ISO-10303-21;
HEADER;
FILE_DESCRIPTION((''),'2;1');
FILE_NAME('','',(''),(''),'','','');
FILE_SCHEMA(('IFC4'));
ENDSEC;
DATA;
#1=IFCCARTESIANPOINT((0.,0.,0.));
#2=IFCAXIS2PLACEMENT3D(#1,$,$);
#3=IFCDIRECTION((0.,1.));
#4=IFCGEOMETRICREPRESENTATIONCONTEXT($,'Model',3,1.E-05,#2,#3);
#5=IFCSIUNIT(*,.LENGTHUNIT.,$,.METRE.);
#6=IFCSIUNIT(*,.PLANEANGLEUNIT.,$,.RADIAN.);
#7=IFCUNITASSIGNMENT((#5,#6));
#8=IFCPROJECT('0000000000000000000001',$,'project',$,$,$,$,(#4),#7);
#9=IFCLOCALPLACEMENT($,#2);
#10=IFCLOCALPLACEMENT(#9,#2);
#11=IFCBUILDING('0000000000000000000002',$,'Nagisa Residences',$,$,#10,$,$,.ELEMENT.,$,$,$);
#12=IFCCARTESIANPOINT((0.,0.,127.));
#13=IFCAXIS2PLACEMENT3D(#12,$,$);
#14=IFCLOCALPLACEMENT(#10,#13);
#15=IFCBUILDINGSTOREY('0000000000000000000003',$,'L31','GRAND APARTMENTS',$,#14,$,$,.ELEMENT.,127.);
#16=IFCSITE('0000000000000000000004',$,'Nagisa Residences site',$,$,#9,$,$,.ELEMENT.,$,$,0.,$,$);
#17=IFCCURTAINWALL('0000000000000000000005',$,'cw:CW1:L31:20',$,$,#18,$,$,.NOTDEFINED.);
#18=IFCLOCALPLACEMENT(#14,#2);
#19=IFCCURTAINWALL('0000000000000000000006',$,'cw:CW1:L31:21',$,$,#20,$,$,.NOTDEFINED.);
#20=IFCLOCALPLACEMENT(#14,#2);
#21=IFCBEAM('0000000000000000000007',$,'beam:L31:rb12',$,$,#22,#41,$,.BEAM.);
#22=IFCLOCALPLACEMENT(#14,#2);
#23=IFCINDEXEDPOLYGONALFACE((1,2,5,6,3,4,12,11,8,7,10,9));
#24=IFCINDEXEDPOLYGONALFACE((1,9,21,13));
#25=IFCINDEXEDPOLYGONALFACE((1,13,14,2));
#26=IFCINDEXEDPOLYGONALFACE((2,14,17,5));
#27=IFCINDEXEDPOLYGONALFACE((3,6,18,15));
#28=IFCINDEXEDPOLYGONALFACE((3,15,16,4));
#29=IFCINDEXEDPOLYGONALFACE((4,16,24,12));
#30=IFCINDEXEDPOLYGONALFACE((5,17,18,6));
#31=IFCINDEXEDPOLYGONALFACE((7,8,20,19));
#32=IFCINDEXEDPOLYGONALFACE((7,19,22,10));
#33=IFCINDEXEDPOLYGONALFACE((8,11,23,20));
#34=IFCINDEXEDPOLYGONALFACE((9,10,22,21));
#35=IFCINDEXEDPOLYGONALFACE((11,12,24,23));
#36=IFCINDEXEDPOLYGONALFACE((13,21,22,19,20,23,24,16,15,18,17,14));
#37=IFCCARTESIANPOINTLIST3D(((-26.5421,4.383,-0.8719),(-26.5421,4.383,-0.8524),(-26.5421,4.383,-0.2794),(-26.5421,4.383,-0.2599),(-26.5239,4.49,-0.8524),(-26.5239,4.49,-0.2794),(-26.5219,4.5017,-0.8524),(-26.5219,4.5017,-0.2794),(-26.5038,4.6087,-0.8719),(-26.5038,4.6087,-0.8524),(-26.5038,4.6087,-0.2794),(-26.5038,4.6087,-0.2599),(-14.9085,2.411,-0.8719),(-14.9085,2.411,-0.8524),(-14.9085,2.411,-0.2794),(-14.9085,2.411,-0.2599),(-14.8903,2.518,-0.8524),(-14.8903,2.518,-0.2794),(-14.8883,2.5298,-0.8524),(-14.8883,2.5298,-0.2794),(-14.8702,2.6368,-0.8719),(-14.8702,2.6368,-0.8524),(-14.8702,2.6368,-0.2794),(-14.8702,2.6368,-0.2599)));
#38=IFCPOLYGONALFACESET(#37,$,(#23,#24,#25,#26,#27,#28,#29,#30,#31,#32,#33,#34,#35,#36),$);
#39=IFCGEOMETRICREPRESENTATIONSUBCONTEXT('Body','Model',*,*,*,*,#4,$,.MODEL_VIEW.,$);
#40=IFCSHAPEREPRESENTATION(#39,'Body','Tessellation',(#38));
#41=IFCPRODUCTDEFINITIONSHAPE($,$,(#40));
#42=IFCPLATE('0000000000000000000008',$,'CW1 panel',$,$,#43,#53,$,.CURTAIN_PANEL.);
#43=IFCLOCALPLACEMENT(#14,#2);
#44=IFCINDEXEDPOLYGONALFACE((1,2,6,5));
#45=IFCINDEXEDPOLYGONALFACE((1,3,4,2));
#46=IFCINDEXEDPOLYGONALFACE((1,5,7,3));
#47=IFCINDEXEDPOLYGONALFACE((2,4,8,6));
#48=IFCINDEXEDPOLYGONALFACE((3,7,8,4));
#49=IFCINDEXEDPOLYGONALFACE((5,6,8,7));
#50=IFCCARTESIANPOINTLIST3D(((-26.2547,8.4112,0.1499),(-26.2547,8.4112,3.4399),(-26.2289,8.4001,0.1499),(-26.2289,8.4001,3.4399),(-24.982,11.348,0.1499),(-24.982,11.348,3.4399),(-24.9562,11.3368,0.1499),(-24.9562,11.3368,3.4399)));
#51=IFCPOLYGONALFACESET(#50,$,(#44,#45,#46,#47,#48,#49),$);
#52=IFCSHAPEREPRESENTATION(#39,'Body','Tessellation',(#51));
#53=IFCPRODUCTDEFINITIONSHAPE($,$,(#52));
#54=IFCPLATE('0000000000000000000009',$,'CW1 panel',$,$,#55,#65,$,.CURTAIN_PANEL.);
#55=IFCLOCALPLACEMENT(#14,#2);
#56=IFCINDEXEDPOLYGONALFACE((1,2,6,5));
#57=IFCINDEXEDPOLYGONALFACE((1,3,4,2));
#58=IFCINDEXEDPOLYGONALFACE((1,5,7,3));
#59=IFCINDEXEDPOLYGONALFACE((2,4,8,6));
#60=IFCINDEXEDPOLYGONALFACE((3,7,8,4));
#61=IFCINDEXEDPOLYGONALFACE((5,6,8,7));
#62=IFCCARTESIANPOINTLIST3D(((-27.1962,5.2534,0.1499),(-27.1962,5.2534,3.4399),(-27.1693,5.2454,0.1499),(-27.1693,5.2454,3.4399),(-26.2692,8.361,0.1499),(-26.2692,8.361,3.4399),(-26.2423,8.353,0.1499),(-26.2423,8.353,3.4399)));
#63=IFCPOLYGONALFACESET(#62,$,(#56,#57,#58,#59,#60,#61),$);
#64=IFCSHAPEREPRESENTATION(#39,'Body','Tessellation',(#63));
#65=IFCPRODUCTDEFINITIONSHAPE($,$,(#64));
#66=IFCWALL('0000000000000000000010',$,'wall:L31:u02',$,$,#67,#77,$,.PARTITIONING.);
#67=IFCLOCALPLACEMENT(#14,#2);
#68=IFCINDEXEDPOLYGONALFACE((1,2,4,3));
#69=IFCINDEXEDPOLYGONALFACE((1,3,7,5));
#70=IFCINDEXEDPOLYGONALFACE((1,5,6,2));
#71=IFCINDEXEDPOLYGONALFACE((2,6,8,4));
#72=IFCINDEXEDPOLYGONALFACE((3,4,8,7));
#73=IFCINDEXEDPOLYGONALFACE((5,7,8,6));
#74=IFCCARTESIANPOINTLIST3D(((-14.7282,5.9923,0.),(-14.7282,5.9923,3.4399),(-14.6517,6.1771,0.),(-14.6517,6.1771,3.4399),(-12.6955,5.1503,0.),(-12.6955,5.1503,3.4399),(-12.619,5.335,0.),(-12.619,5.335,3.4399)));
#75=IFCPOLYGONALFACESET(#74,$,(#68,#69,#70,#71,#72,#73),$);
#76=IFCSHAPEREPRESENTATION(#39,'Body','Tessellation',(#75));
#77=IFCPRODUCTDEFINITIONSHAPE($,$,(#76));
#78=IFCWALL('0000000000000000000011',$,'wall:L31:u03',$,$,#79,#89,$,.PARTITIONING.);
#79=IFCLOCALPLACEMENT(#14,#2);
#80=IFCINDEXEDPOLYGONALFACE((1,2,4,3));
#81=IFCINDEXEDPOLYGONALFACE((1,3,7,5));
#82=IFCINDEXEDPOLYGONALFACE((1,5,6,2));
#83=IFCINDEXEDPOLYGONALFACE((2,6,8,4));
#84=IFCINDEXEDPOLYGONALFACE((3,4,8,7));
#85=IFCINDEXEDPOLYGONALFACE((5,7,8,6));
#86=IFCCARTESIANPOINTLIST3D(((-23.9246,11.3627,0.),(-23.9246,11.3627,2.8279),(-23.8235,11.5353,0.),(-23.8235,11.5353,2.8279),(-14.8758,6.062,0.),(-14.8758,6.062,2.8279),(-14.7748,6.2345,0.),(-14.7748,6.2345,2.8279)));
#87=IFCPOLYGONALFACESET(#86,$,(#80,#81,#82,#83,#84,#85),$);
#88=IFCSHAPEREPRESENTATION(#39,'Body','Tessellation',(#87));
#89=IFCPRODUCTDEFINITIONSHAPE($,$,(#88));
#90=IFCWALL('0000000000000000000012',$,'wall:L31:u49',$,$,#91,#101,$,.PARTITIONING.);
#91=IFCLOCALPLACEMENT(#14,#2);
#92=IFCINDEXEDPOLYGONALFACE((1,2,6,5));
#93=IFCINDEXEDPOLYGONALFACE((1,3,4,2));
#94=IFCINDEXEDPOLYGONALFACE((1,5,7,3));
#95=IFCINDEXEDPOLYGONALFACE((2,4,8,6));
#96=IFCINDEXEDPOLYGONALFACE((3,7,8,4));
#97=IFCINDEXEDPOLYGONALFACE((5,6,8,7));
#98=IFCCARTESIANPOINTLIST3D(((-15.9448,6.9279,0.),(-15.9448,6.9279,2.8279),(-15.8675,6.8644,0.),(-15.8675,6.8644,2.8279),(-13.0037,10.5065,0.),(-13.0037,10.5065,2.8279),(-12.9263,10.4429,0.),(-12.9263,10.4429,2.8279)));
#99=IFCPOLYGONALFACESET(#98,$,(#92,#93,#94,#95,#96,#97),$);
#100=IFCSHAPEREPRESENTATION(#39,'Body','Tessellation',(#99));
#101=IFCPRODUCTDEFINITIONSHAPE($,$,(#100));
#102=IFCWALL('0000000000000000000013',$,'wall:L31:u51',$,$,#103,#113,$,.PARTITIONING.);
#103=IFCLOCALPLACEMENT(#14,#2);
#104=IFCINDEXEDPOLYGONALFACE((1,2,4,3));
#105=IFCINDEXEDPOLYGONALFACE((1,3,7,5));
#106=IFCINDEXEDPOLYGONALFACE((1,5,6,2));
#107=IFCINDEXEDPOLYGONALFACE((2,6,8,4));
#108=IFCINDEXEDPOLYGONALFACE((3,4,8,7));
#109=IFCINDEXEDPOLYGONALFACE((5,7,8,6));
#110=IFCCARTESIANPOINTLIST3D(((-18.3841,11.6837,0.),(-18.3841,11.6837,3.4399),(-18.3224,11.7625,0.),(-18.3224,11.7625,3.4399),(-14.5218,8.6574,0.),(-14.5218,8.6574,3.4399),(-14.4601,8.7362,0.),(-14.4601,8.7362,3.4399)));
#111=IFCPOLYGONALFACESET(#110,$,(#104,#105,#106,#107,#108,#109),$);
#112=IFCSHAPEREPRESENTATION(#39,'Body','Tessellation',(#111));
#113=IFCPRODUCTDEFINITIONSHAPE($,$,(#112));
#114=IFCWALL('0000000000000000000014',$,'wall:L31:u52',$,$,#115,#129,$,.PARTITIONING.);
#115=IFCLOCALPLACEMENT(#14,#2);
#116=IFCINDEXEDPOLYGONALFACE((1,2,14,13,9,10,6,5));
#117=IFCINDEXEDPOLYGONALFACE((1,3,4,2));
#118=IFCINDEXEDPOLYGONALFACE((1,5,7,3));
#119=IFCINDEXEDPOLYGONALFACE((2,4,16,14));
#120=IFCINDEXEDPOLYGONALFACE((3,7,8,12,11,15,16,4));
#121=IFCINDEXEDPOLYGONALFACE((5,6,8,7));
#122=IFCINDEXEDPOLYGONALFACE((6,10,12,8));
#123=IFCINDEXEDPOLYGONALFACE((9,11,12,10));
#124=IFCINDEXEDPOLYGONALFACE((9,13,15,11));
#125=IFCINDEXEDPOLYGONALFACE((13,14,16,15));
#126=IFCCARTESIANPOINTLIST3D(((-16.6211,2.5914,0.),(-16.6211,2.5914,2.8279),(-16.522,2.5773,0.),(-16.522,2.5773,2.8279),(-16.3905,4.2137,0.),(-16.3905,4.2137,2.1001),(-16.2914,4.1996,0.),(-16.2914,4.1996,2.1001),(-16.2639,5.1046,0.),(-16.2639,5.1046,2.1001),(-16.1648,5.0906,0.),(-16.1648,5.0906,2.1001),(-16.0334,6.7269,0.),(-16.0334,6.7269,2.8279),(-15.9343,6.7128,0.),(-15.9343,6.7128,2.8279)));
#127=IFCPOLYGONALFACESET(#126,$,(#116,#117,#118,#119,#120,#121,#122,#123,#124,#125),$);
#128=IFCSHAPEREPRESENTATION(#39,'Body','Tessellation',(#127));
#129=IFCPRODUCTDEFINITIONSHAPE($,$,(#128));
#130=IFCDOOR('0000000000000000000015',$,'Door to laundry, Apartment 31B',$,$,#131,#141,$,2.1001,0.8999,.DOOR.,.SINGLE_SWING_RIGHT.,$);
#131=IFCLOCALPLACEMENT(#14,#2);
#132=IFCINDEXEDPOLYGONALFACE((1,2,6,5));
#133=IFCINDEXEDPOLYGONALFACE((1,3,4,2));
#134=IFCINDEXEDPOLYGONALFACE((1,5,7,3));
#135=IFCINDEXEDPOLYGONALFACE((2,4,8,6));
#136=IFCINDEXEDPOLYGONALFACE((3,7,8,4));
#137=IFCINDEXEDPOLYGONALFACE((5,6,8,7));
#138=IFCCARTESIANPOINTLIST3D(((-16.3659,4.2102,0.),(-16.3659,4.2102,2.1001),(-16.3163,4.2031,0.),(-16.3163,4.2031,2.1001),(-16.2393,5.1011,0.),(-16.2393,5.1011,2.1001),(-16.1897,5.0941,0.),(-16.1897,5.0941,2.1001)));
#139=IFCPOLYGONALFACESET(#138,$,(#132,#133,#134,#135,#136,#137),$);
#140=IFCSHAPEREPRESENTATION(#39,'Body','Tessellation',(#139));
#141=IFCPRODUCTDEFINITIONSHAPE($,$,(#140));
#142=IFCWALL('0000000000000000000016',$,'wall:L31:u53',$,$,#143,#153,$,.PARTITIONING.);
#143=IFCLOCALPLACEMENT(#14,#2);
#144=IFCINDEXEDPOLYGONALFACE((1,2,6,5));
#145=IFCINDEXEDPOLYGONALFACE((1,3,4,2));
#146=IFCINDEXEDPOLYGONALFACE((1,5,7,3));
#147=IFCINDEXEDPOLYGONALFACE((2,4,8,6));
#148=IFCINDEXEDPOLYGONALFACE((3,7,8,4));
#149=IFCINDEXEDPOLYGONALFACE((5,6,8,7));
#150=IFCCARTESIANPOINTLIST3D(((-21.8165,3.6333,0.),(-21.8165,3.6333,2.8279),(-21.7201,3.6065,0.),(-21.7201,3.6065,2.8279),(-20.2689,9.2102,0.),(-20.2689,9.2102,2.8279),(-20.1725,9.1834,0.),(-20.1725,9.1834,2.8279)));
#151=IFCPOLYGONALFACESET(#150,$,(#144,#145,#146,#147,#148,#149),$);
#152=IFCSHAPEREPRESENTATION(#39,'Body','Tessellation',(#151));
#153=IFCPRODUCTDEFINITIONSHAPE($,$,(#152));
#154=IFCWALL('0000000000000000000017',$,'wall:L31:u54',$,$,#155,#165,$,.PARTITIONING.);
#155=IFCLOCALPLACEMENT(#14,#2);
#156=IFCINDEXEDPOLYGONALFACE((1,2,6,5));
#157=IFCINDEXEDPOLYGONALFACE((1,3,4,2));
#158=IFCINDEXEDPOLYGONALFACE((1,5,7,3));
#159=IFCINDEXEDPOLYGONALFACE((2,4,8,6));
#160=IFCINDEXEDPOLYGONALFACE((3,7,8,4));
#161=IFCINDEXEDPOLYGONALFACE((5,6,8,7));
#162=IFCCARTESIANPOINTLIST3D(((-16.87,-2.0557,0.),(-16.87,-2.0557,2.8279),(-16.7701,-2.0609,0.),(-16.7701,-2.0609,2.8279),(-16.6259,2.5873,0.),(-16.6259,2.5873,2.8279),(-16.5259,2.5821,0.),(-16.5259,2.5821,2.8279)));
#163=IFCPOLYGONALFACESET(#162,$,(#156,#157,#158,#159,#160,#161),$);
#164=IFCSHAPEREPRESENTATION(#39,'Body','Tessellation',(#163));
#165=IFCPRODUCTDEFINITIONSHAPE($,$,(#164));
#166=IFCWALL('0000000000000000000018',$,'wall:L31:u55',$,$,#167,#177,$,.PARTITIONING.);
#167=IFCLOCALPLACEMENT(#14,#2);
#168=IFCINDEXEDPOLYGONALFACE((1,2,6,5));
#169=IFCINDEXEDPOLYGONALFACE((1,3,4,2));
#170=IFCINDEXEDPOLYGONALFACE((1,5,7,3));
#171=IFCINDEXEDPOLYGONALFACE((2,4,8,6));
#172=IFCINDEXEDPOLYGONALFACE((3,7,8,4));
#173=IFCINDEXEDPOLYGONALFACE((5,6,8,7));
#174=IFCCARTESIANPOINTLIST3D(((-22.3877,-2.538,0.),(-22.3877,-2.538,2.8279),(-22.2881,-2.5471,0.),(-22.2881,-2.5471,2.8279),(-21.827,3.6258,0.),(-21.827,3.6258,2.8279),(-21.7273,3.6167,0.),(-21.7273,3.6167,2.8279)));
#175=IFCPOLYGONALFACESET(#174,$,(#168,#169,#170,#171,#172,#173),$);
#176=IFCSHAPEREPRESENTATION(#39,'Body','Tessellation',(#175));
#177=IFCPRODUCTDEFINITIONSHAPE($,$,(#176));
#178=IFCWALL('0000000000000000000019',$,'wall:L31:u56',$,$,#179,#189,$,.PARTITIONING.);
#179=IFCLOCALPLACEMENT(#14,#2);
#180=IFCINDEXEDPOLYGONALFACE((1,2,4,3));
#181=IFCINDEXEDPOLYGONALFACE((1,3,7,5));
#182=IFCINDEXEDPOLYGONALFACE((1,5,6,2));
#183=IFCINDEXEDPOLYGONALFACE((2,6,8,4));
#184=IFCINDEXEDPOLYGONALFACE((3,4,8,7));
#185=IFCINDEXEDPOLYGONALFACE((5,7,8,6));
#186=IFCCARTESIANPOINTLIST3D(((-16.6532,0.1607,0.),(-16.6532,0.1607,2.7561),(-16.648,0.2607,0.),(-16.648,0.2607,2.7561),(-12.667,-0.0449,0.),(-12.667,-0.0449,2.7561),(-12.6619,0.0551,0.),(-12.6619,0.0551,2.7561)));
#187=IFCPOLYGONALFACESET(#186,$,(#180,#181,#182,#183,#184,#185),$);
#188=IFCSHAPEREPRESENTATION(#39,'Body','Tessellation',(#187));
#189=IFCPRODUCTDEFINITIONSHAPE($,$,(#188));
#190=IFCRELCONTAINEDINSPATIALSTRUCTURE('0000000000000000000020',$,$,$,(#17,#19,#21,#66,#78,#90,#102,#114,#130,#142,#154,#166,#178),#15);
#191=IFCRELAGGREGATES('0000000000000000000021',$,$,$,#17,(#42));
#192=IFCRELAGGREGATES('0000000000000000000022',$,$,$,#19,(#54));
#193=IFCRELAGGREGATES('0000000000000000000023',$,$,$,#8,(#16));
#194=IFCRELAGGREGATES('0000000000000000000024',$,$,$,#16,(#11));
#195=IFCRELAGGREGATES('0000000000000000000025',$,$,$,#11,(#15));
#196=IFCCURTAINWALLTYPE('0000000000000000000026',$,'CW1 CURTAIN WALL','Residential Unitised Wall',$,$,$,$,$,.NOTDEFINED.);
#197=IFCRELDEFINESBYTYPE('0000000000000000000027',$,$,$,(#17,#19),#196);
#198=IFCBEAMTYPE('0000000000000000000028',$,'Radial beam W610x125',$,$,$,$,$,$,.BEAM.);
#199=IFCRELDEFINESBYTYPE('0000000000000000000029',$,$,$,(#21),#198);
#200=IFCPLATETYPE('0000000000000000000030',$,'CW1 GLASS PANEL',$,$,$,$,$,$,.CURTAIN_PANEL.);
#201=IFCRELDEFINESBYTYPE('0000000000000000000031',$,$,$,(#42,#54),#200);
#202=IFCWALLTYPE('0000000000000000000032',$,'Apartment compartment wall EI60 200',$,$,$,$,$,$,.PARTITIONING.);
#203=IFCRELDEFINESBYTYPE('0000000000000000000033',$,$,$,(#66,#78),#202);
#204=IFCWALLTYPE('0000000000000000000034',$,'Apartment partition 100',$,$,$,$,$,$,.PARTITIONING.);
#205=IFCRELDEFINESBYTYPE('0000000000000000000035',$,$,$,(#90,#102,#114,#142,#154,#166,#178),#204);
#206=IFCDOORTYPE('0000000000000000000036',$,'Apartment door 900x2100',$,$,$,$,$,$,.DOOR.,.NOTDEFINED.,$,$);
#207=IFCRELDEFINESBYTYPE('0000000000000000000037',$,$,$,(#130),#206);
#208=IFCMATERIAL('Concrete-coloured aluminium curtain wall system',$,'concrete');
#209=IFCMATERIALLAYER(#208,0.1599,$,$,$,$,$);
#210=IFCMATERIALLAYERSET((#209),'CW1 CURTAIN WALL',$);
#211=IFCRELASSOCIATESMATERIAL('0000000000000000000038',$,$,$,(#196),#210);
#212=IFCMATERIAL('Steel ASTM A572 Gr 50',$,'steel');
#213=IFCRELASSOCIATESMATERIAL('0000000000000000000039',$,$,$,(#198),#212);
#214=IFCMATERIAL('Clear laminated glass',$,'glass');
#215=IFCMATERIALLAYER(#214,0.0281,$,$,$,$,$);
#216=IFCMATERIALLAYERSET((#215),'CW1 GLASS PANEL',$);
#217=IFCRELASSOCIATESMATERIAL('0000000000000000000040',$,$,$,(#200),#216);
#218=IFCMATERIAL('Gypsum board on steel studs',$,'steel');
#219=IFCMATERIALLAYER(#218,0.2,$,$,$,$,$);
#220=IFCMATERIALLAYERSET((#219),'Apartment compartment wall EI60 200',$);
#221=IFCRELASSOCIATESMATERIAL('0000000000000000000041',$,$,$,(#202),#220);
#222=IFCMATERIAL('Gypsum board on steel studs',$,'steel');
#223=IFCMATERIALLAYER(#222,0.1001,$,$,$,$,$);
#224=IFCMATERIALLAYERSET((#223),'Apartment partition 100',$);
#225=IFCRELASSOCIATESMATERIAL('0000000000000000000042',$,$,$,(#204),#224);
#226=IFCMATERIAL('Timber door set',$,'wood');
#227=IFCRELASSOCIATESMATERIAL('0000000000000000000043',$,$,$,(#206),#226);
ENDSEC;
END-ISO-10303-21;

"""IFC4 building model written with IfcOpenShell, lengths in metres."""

from ifc_helpers import new_model, si_unit, direction, frame, frame_2d, origin, origin_2d, place, context, subcontext, project, spatial, rectangle, i_section, extrude, material, layer, layer_set, material_profile, profile_set, type_object, element, fill, aggregate, save


model = new_model("IFC4")

# Units and contexts
model_context = context("Model", 3, precision=1e-05, world=origin(), true_north=direction((0.0, 1.0)))
body_context = subcontext(model_context, "Body", "Model", "MODEL_VIEW")
ifc_project = project(units=[si_unit("LENGTHUNIT", "METRE"), si_unit("PLANEANGLEUNIT", "RADIAN")], contexts=[model_context])

# Site, building, storey
site_placement = place(None, origin())
site = spatial("IfcSite", under=ifc_project, at=site_placement, Name="Nagisa Residences site", CompositionType="ELEMENT", RefElevation=0.0)
building_placement = place(site_placement, origin())
building = spatial("IfcBuilding", under=site, at=building_placement, Name="Nagisa Residences", CompositionType="ELEMENT")
storey_placement = place(building_placement, frame((0.0, 0.0, 127.0)))
storey = spatial("IfcBuildingStorey", under=building, at=storey_placement, Name="L31", Description="GRAND APARTMENTS", CompositionType="ELEMENT", Elevation=127.0)

# Curtain walls
ifc_material_1 = material(Name="Concrete-coloured aluminium curtain wall system", Category="concrete")
ifc_layer_1 = layer(ifc_material_1, 0.1599)
ifc_layer_set_1 = layer_set([ifc_layer_1], Name="CW1 CURTAIN WALL")
curtain_wall_type = type_object("IfcCurtainWallType", Name="CW1 CURTAIN WALL", Description="Residential Unitised Wall", PredefinedType="NOTDEFINED", material=ifc_layer_set_1)
curtain_wall_1_placement = place(storey_placement, origin())
curtain_wall_1 = element("IfcCurtainWall", 1, at=curtain_wall_1_placement, inside=storey, type_object=curtain_wall_type, Name="cw:CW1:L31:20", PredefinedType="NOTDEFINED")
curtain_wall_2_placement = place(storey_placement, origin())
curtain_wall_2 = element("IfcCurtainWall", 2, at=curtain_wall_2_placement, inside=storey, type_object=curtain_wall_type, Name="cw:CW1:L31:21", PredefinedType="NOTDEFINED")

# Beam
ifc_material_2 = material(Name="Steel ASTM A572 Gr 50", Category="steel")
ifc_material_profile_1 = material_profile(ifc_material_2, i_section(OverallWidth=0.229, OverallDepth=0.6121, WebThickness=0.012, FlangeThickness=0.0195, at=origin_2d()), Name="W610x125")
ifc_profile_set_1 = profile_set([ifc_material_profile_1], Name="Steel ASTM A572 Gr 50")
beam_type_1 = type_object("IfcBeamType", Name="Radial beam W610x125", PredefinedType="BEAM", material=ifc_profile_set_1)
beam_1_placement = place(storey_placement, frame((-26.5229, 4.4958, -0.5659), z_axis=(0.985937, -0.167119, 0.0), x_axis=(0.167119, 0.985937, 0.0)))
element("IfcBeam", 3, at=beam_1_placement, inside=storey, type_object=beam_type_1, Name="beam:L31:rb12", PredefinedType="BEAM", context=body_context, shape_type="SweptSolid", body=[
    extrude(i_section(OverallWidth=0.229, OverallDepth=0.6121, WebThickness=0.012, FlangeThickness=0.0195, at=origin_2d()), origin(), (0.0, 0.0, 1.0), 11.7996),
])

# Plates
ifc_material_3 = material(Name="Clear laminated glass", Category="glass")
ifc_layer_2 = layer(ifc_material_3, 0.0281)
ifc_layer_set_2 = layer_set([ifc_layer_2], Name="CW1 GLASS PANEL")
plate_type = type_object("IfcPlateType", Name="CW1 GLASS PANEL", PredefinedType="CURTAIN_PANEL", material=ifc_layer_set_2)
plate_1_placement = place(storey_placement, frame((-25.6055, 9.874, 0.1499), z_axis=(0.0, 0.0, 1.0), x_axis=(-0.397636, -0.917543, 0.0)))
plate_1 = element("IfcPlate", 4, at=plate_1_placement, type_object=plate_type, Name="CW1 panel", PredefinedType="CURTAIN_PANEL", context=body_context, shape_type="SweptSolid", body=[
    extrude(rectangle(XDim=3.2007, YDim=0.0281, at=origin_2d()), origin(), (0.0, 0.0, 1.0), 3.29),
])
aggregate(curtain_wall_1, [plate_1])
plate_2_placement = place(storey_placement, frame((-26.7192, 6.8032, 0.1499), z_axis=(0.0, 0.0, 1.0), x_axis=(-0.28586, -0.958271, 0.0)))
plate_2 = element("IfcPlate", 5, at=plate_2_placement, type_object=plate_type, Name="CW1 panel", PredefinedType="CURTAIN_PANEL", context=body_context, shape_type="SweptSolid", body=[
    extrude(rectangle(XDim=3.2429, YDim=0.0281, at=origin_2d()), origin(), (0.0, 0.0, 1.0), 3.29),
])
aggregate(curtain_wall_2, [plate_2])

# Walls
ifc_material_4 = material(Name="Gypsum board on steel studs", Category="steel")
ifc_layer_3 = layer(ifc_material_4, 0.2)
ifc_layer_set_3 = layer_set([ifc_layer_3], Name="Apartment compartment wall EI60 200")
wall_type_1 = type_object("IfcWallType", Name="Apartment compartment wall EI60 200", PredefinedType="PARTITIONING", material=ifc_layer_set_3)
wall_1_placement = place(storey_placement, frame((-12.6572, 5.2427, 0.0), z_axis=(0.0, 0.0, 1.0), x_axis=(-0.923869, 0.382708, 0.0)))
element("IfcWall", 6, at=wall_1_placement, inside=storey, type_object=wall_type_1, Name="wall:L31:u02", PredefinedType="PARTITIONING", context=body_context, shape_type="SweptSolid", body=[
    extrude(rectangle(XDim=2.2002, YDim=0.2, at=frame_2d((1.1001, 0.0))), origin(), (0.0, 0.0, 1.0), 3.4399),
])
wall_2_placement = place(storey_placement, frame((-14.8252, 6.1482, 0.0), z_axis=(0.0, 0.0, 1.0), x_axis=(-0.862852, 0.505457, 0.0)))
element("IfcWall", 7, at=wall_2_placement, inside=storey, type_object=wall_type_1, Name="wall:L31:u03", PredefinedType="PARTITIONING", context=body_context, shape_type="SweptSolid", body=[
    extrude(rectangle(XDim=10.4871, YDim=0.2, at=frame_2d((5.2437, 0.0))), origin(), (0.0, 0.0, 1.0), 2.8279),
])
ifc_material_5 = material(Name="Gypsum board on steel studs", Category="steel")
ifc_layer_4 = layer(ifc_material_5, 0.1001)
ifc_layer_set_4 = layer_set([ifc_layer_4], Name="Apartment partition 100")
wall_type_2 = type_object("IfcWallType", Name="Apartment partition 100", PredefinedType="PARTITIONING", material=ifc_layer_set_4)
wall_3_placement = place(storey_placement, frame((-12.9651, 10.4746, 0.0), z_axis=(0.0, 0.0, 1.0), x_axis=(-0.634944, -0.772558, 0.0)))
element("IfcWall", 8, at=wall_3_placement, inside=storey, type_object=wall_type_2, Name="wall:L31:u49", PredefinedType="PARTITIONING", context=body_context, shape_type="SweptSolid", body=[
    extrude(rectangle(XDim=4.6321, YDim=0.1001, at=frame_2d((2.3159, 0.0))), origin(), (0.0, 0.0, 1.0), 2.8279),
])
wall_4_placement = place(storey_placement, frame((-14.491, 8.6968, 0.0), z_axis=(0.0, 0.0, 1.0), x_axis=(-0.787139, 0.616775, 0.0)))
element("IfcWall", 9, at=wall_4_placement, inside=storey, type_object=wall_type_2, Name="wall:L31:u51", PredefinedType="PARTITIONING", context=body_context, shape_type="SweptSolid", body=[
    extrude(rectangle(XDim=4.9067, YDim=0.1001, at=frame_2d((2.4534, 0.0))), origin(), (0.0, 0.0, 1.0), 3.4399),
])

# Wall, opening, door
wall_5_placement = place(storey_placement, frame((-15.9839, 6.7197, 0.0), z_axis=(0.0, 0.0, 1.0), x_axis=(-0.140685, -0.990054, 0.0)))
wall_5 = element("IfcWall", 10, at=wall_5_placement, inside=storey, type_object=wall_type_2, Name="wall:L31:u52", PredefinedType="PARTITIONING", context=body_context, shape_type="SweptSolid", body=[
    extrude(rectangle(XDim=4.177, YDim=0.1001, at=frame_2d((2.0884, 0.0))), origin(), (0.0, 0.0, 1.0), 2.8279),
])
opening_1_placement = place(wall_5_placement, frame((1.6384, 0.0, 0.0)))
opening_1 = element("IfcOpeningElement", 11, at=opening_1_placement, cuts=wall_5, PredefinedType="OPENING", context=body_context, shape_type="SweptSolid", body=[
    extrude(rectangle(XDim=0.8999, YDim=2.1001, at=frame_2d((0.45, 1.05))), frame((0.0, 0.0601, 0.0), z_axis=(0.0, -1.0, 0.0), x_axis=(1.0, 0.0, 0.0)), (0.0, 0.0, 1.0), 0.1201),
])
ifc_material_6 = material(Name="Timber door set", Category="wood")
door_type_1 = type_object("IfcDoorType", Name="Apartment door 900x2100", OperationType="NOTDEFINED", PredefinedType="DOOR", material=ifc_material_6)
door_1_placement = place(opening_1_placement, origin())
door_1 = element("IfcDoor", 12, at=door_1_placement, inside=storey, type_object=door_type_1, Name="Door to laundry, Apartment 31B", OperationType="SINGLE_SWING_RIGHT", OverallHeight=2.1001, OverallWidth=0.8999, PredefinedType="DOOR", context=body_context, shape_type="SweptSolid", body=[
    extrude(rectangle(XDim=0.8999, YDim=2.1001, at=frame_2d((0.45, 1.05))), frame((0.0, 0.0249, 0.0), z_axis=(0.0, -1.0, 0.0), x_axis=(1.0, 0.0, 0.0)), (0.0, 0.0, 1.0), 0.05),
])
fill(opening_1, door_1)

# Walls
wall_6_placement = place(storey_placement, frame((-20.2207, 9.1968, 0.0), z_axis=(0.0, 0.0, 1.0), x_axis=(-0.267398, -0.963586, 0.0)))
element("IfcWall", 13, at=wall_6_placement, inside=storey, type_object=wall_type_2, Name="wall:L31:u53", PredefinedType="PARTITIONING", context=body_context, shape_type="SweptSolid", body=[
    extrude(rectangle(XDim=5.7876, YDim=0.1001, at=frame_2d((2.8938, 0.0))), origin(), (0.0, 0.0, 1.0), 2.8279),
])
wall_7_placement = place(storey_placement, frame((-16.5759, 2.5847, 0.0), z_axis=(0.0, 0.0, 1.0), x_axis=(-0.052509, -0.99862, 0.0)))
element("IfcWall", 14, at=wall_7_placement, inside=storey, type_object=wall_type_2, Name="wall:L31:u54", PredefinedType="PARTITIONING", context=body_context, shape_type="SweptSolid", body=[
    extrude(rectangle(XDim=4.6494, YDim=0.1001, at=frame_2d((2.3247, 0.0))), origin(), (0.0, 0.0, 1.0), 2.8279),
])
wall_8_placement = place(storey_placement, frame((-21.7771, 3.6213, 0.0), z_axis=(0.0, 0.0, 1.0), x_axis=(-0.090607, -0.995887, 0.0)))
element("IfcWall", 15, at=wall_8_placement, inside=storey, type_object=wall_type_2, Name="wall:L31:u55", PredefinedType="PARTITIONING", context=body_context, shape_type="SweptSolid", body=[
    extrude(rectangle(XDim=6.1892, YDim=0.1001, at=frame_2d((3.0947, 0.0))), origin(), (0.0, 0.0, 1.0), 2.8279),
])
wall_9_placement = place(storey_placement, frame((-12.6646, 0.0051, 0.0), z_axis=(0.0, 0.0, 1.0), x_axis=(-0.998673, 0.051503, 0.0)))
element("IfcWall", 16, at=wall_9_placement, inside=storey, type_object=wall_type_2, Name="wall:L31:u56", PredefinedType="PARTITIONING", context=body_context, shape_type="SweptSolid", body=[
    extrude(rectangle(XDim=3.9915, YDim=0.1001, at=frame_2d((1.9956, 0.0))), origin(), (0.0, 0.0, 1.0), 2.7561),
])

save(model, "model.ifc")
